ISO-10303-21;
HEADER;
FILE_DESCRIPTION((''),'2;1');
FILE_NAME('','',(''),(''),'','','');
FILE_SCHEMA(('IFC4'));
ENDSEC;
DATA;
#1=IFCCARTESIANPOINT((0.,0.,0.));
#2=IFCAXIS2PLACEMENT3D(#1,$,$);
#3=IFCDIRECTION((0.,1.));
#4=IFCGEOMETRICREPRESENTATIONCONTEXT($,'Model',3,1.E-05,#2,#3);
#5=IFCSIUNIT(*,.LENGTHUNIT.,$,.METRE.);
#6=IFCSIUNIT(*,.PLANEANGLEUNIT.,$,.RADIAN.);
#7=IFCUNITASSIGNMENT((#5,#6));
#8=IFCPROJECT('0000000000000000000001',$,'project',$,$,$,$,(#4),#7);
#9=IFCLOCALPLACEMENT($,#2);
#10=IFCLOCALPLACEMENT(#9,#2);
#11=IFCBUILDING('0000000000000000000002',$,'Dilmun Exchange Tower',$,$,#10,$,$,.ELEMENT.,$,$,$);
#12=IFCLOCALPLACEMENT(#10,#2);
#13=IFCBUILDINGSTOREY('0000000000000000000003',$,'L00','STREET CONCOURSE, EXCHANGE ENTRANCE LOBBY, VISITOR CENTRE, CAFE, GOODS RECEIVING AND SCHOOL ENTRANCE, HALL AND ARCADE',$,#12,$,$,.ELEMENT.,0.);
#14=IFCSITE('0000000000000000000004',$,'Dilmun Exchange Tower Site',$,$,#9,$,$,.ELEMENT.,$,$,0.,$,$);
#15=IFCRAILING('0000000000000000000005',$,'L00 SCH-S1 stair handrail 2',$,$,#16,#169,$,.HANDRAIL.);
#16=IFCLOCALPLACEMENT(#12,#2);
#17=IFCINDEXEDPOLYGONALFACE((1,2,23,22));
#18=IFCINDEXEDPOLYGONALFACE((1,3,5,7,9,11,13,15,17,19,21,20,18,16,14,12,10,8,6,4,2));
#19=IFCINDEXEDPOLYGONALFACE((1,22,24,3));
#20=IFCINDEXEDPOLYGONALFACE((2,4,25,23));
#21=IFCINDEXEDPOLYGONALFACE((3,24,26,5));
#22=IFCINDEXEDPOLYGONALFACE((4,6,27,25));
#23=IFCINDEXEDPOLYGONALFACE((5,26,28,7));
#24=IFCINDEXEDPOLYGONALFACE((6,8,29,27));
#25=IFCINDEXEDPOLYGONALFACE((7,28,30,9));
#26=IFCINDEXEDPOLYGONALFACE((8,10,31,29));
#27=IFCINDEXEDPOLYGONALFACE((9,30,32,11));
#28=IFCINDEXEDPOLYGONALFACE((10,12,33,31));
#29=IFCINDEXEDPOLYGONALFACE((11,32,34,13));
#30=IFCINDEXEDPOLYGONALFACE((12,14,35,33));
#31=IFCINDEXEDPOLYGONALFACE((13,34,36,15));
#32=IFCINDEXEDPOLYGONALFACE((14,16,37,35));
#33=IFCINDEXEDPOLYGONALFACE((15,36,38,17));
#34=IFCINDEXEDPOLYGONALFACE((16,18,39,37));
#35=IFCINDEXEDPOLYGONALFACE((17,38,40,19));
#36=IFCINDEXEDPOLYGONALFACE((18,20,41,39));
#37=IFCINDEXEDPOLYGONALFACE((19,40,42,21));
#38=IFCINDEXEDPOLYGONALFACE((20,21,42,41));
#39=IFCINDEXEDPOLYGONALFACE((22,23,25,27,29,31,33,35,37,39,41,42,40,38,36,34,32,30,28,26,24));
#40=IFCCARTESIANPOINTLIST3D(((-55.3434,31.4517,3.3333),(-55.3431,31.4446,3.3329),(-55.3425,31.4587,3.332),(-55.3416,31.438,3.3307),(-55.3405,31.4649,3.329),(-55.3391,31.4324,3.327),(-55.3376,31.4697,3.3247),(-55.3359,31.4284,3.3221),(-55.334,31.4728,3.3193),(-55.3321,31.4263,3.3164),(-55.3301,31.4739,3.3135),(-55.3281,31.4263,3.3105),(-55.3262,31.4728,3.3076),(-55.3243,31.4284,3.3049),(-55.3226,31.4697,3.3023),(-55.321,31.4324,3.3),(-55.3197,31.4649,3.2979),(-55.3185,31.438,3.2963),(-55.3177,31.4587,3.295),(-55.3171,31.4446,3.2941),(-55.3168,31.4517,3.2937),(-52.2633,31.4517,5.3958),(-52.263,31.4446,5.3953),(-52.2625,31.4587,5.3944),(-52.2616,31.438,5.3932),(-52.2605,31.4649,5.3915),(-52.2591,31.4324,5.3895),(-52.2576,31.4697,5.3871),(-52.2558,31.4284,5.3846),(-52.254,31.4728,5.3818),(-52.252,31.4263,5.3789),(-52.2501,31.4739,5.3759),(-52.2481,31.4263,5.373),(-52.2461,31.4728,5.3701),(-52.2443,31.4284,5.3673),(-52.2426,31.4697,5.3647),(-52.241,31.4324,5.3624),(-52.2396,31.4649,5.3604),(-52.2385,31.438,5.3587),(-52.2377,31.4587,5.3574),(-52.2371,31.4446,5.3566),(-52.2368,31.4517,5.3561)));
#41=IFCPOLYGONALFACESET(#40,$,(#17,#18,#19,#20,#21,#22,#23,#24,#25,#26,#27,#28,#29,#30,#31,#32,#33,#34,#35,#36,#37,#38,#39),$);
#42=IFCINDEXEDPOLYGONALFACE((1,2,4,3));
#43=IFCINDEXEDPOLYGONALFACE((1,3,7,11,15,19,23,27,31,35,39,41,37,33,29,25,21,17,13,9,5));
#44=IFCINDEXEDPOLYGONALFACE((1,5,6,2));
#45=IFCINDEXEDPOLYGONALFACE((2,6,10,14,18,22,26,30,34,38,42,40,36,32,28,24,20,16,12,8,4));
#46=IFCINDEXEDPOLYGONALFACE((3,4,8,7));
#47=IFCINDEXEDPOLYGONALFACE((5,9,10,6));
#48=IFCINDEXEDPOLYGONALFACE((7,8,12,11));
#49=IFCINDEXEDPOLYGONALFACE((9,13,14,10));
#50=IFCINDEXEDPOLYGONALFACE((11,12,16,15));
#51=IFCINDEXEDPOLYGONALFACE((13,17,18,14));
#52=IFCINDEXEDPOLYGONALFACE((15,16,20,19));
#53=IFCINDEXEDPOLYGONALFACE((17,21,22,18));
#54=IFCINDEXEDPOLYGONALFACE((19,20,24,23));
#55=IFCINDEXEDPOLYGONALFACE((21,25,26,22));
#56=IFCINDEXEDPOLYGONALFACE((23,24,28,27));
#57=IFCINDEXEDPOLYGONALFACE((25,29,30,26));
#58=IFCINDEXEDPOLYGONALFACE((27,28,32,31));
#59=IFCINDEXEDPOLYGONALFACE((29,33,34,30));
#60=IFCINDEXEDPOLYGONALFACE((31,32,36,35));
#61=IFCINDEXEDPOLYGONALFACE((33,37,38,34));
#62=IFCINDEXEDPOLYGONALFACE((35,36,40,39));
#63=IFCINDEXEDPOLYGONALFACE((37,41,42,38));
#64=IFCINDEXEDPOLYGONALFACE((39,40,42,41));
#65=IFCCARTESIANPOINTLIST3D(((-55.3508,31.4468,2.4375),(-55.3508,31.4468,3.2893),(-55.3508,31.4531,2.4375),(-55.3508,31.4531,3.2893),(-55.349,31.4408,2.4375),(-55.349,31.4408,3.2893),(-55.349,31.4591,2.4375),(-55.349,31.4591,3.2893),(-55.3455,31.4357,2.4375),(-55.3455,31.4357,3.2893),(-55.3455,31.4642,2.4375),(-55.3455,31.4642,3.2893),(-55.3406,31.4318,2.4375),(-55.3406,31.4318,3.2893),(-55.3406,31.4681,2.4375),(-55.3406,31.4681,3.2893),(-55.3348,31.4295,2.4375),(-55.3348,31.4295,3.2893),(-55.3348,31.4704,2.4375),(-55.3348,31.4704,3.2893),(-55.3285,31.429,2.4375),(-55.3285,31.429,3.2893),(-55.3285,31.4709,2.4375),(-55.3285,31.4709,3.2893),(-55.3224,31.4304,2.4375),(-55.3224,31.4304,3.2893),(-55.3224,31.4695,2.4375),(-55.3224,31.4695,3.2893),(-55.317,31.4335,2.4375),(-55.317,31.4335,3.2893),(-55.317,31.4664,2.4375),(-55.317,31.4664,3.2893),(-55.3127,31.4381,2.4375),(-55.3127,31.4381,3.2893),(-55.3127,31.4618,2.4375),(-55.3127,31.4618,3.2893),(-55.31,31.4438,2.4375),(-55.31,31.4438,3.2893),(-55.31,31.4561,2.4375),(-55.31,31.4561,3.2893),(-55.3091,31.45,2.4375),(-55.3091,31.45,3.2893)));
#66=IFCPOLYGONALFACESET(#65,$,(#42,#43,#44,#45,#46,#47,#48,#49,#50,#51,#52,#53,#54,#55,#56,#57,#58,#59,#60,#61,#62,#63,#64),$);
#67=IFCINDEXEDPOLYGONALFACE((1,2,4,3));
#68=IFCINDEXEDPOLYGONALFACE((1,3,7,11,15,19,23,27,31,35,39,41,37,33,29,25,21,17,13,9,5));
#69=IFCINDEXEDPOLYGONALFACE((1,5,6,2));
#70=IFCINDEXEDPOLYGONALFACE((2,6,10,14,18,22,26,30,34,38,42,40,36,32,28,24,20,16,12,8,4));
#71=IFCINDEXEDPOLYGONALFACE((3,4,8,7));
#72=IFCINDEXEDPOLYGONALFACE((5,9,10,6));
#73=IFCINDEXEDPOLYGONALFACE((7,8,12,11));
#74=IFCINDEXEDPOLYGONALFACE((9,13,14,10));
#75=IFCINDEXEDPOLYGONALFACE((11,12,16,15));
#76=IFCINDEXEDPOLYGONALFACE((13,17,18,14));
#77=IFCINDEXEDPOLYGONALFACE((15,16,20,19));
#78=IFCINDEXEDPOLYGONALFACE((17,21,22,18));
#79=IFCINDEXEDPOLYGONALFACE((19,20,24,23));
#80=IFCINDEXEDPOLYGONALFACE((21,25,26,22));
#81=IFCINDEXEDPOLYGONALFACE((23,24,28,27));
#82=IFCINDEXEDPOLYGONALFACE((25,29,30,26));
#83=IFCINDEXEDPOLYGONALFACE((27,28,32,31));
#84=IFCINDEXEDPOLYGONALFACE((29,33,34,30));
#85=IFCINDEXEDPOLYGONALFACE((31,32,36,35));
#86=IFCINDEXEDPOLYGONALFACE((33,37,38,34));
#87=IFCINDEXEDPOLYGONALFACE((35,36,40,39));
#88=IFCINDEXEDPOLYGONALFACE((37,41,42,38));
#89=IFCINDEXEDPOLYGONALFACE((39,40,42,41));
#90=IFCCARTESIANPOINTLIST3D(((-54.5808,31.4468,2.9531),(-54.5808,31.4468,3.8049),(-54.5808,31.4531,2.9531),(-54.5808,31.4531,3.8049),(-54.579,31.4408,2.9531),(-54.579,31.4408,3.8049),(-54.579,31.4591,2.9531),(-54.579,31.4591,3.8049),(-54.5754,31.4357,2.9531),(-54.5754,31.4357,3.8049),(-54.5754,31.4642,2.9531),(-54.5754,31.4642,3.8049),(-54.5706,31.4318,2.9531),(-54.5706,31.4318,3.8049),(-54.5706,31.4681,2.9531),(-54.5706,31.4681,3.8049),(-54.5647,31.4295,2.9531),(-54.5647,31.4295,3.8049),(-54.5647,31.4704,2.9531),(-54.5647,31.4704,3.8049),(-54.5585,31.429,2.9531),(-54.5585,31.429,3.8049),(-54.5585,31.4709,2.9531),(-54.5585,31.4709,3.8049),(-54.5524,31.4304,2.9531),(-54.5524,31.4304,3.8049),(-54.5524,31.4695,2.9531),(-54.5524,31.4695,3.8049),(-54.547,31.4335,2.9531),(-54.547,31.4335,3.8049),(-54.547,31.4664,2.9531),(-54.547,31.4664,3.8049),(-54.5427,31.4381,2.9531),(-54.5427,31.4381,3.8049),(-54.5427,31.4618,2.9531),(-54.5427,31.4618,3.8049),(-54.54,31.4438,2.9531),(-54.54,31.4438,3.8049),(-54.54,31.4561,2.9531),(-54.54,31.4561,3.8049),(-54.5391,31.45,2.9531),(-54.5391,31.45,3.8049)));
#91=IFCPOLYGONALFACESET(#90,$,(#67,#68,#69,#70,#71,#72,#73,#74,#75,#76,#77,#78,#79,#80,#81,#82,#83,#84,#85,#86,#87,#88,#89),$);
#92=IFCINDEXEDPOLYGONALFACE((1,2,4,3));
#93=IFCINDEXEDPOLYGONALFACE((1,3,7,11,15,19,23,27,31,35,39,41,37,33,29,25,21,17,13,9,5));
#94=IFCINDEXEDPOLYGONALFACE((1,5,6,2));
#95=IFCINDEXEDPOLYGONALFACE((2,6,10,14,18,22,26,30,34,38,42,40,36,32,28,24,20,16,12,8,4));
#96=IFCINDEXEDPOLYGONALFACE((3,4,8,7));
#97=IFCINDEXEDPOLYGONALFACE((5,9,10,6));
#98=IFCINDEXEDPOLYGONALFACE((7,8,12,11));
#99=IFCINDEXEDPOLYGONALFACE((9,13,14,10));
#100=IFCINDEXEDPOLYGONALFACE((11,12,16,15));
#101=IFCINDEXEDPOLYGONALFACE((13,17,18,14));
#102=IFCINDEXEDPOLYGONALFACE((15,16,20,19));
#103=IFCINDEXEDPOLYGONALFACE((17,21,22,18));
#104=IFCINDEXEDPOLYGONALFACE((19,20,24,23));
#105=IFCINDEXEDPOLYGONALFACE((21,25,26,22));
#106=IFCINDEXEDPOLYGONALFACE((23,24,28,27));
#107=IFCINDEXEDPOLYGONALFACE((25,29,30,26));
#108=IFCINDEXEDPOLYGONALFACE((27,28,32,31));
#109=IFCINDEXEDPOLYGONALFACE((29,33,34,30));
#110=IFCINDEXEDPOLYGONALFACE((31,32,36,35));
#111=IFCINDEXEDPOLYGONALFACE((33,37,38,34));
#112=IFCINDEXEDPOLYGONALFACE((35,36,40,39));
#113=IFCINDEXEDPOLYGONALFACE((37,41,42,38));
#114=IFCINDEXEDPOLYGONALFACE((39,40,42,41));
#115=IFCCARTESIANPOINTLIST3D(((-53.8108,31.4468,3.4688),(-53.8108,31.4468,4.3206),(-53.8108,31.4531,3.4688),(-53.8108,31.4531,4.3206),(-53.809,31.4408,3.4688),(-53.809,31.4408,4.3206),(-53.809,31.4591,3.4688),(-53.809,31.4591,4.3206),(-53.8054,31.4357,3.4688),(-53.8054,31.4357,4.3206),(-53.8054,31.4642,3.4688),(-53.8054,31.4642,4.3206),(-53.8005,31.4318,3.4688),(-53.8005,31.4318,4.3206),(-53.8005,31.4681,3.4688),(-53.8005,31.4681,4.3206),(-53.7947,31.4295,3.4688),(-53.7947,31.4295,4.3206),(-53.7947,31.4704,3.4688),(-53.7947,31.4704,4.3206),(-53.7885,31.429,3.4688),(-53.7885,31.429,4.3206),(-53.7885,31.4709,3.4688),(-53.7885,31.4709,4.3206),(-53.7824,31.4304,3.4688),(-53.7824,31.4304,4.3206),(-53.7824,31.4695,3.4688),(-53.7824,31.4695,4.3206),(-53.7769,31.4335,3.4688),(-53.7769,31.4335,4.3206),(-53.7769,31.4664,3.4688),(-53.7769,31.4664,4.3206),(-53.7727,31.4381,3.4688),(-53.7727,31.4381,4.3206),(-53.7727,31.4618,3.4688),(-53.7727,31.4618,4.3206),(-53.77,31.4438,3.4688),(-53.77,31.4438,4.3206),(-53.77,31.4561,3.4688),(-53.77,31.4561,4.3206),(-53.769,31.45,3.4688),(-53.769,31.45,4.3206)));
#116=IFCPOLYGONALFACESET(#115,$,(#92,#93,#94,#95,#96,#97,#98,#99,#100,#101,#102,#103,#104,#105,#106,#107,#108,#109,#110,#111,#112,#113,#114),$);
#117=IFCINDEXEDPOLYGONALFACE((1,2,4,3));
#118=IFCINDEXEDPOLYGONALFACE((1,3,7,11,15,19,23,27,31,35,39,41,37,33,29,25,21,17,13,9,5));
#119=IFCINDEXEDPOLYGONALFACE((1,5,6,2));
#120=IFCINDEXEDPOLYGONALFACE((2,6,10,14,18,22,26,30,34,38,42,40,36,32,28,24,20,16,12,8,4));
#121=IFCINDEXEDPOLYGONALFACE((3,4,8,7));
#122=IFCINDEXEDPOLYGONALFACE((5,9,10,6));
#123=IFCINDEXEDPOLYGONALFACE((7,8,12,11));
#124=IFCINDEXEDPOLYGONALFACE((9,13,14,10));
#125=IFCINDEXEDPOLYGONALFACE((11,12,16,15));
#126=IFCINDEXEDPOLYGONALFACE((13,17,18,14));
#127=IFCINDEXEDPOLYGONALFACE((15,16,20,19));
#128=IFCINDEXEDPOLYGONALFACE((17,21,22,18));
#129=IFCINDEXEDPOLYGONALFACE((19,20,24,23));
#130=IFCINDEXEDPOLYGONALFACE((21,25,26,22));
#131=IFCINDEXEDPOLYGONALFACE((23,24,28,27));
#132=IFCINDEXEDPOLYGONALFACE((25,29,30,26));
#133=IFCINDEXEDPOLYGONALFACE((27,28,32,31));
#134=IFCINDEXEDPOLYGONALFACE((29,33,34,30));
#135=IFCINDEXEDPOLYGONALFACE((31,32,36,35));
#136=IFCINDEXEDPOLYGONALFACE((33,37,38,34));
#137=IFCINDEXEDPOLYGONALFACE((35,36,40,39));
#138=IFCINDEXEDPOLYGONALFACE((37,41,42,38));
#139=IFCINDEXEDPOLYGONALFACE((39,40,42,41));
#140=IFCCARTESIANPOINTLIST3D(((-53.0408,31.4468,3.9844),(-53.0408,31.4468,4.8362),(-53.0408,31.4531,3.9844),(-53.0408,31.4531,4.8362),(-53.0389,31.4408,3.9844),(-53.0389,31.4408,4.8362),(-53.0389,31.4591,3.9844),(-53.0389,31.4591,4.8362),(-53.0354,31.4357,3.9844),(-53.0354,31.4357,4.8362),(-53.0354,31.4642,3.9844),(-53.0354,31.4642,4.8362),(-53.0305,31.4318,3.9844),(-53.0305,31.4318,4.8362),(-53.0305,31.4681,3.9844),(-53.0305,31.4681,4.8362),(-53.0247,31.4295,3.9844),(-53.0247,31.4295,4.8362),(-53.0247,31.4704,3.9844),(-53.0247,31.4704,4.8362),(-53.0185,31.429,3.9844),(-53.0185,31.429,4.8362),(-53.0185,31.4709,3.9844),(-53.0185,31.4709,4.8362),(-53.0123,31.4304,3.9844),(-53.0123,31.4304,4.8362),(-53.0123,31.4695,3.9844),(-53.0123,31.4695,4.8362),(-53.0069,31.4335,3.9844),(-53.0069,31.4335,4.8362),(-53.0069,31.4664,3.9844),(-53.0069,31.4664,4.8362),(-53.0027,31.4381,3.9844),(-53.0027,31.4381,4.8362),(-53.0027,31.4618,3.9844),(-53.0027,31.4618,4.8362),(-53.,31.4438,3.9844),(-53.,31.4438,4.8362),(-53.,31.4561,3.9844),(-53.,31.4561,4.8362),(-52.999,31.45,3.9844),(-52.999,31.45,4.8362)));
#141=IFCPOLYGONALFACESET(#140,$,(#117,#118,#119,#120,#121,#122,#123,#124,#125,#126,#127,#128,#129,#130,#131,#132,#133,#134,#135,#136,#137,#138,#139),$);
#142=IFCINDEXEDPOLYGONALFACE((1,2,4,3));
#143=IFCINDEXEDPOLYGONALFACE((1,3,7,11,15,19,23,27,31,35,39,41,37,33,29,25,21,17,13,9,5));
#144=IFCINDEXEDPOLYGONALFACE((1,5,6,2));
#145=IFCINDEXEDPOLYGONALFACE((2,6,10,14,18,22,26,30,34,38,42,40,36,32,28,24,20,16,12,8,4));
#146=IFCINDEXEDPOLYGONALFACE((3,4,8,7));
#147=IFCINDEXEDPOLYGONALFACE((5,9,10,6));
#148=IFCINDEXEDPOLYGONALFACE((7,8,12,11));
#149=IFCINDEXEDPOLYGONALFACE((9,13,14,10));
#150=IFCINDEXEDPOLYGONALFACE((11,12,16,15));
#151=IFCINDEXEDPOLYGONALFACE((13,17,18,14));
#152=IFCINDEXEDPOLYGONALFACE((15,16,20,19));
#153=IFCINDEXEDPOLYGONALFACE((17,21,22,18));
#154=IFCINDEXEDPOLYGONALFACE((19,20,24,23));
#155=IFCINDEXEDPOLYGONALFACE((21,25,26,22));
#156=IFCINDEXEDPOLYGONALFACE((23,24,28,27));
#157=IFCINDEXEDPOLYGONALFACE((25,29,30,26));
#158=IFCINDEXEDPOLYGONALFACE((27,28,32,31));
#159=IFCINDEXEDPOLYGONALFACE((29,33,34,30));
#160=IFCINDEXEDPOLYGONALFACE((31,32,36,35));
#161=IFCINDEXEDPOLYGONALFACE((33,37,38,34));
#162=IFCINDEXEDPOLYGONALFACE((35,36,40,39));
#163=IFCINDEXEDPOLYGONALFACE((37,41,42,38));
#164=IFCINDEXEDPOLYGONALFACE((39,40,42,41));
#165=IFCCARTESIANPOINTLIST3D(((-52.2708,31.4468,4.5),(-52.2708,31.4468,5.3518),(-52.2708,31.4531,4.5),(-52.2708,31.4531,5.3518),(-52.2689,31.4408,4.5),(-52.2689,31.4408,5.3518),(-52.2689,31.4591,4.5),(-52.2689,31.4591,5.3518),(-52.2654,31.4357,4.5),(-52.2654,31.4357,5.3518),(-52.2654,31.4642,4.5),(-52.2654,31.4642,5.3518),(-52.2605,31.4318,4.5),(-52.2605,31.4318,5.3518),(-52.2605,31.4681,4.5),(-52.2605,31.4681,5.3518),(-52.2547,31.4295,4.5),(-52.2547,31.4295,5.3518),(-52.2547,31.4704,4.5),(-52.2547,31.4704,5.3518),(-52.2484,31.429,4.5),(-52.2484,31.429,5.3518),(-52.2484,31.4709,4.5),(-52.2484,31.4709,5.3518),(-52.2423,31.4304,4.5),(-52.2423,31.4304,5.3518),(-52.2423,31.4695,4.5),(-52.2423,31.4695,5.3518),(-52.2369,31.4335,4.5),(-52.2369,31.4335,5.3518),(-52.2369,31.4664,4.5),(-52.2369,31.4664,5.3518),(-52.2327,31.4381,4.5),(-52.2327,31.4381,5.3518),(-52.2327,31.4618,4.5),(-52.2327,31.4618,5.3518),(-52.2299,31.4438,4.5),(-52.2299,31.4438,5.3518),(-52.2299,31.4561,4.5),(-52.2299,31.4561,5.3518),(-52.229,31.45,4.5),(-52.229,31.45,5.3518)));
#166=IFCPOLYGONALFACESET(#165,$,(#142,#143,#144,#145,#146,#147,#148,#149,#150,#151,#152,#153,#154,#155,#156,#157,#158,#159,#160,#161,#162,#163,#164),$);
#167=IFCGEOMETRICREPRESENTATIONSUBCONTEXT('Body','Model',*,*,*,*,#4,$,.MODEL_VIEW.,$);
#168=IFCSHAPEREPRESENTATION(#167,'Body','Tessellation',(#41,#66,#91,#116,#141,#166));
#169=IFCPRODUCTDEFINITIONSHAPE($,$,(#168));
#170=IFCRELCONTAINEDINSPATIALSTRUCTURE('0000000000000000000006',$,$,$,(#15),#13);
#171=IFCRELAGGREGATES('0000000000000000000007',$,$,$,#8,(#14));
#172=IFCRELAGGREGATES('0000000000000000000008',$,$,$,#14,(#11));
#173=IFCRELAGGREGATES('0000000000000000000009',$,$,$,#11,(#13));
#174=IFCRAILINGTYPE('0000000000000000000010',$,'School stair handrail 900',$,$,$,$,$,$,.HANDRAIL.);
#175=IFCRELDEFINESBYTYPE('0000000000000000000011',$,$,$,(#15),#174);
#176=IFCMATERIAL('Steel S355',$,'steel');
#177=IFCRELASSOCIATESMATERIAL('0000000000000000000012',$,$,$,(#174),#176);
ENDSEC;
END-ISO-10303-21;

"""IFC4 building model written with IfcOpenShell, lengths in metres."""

from ifc_helpers import new_model, si_unit, direction, frame, origin, origin_2d, place, context, subcontext, project, spatial, circle, extrude, material, type_object, element, save


model = new_model("IFC4")

# Units and contexts
model_context = context("Model", 3, precision=1e-05, world=origin(), true_north=direction((0.0, 1.0)))
body_context = subcontext(model_context, "Body", "Model", "MODEL_VIEW")
ifc_project = project(units=[si_unit("LENGTHUNIT", "METRE"), si_unit("PLANEANGLEUNIT", "RADIAN")], contexts=[model_context])

# Site, building, storey
site_placement = place(None, origin())
site = spatial("IfcSite", under=ifc_project, at=site_placement, Name="Dilmun Exchange Tower Site", CompositionType="ELEMENT", RefElevation=0.0)
building_placement = place(site_placement, origin())
building = spatial("IfcBuilding", under=site, at=building_placement, Name="Dilmun Exchange Tower", CompositionType="ELEMENT")
storey_placement = place(building_placement, origin())
storey = spatial("IfcBuildingStorey", under=building, at=storey_placement, Name="L00", Description="STREET CONCOURSE, EXCHANGE ENTRANCE LOBBY, VISITOR CENTRE, CAFE, GOODS RECEIVING AND SCHOOL ENTRANCE, HALL AND ARCADE", CompositionType="ELEMENT", Elevation=0.0)

# Railing
ifc_material_1 = material(Name="Steel S355", Category="steel")
railing_type_1 = type_object("IfcRailingType", Name="School stair handrail 900", PredefinedType="HANDRAIL", material=ifc_material_1)
railing_1_placement = place(storey_placement, frame((-55.3301, 31.45, 2.4375)))
element("IfcRailing", 1, at=railing_1_placement, inside=storey, type_object=railing_type_1, Name="L00 SCH-S1 stair handrail 2", PredefinedType="HANDRAIL", context=body_context, shape_type="SweptSolid", body=[
    extrude(circle(Radius=0.0239, at=origin_2d()), frame((0.0, 0.0, 0.876), z_axis=(0.830914, 0.0, 0.556401), x_axis=(0.0, 1.0, 0.0)), (0.0, 0.0, 1.0), 3.7068),
    extrude(circle(Radius=0.021, at=origin_2d()), origin(), (0.0, 0.0, 1.0), 0.8518),
    extrude(circle(Radius=0.021, at=origin_2d()), frame((0.77, 0.0, 0.5156)), (0.0, 0.0, 1.0), 0.8518),
    extrude(circle(Radius=0.021, at=origin_2d()), frame((1.54, 0.0, 1.0312)), (0.0, 0.0, 1.0), 0.8518),
    extrude(circle(Radius=0.021, at=origin_2d()), frame((2.3101, 0.0, 1.5469)), (0.0, 0.0, 1.0), 0.8518),
    extrude(circle(Radius=0.021, at=origin_2d()), frame((3.0801, 0.0, 2.0625)), (0.0, 0.0, 1.0), 0.8518),
])

save(model, "model.ifc")
